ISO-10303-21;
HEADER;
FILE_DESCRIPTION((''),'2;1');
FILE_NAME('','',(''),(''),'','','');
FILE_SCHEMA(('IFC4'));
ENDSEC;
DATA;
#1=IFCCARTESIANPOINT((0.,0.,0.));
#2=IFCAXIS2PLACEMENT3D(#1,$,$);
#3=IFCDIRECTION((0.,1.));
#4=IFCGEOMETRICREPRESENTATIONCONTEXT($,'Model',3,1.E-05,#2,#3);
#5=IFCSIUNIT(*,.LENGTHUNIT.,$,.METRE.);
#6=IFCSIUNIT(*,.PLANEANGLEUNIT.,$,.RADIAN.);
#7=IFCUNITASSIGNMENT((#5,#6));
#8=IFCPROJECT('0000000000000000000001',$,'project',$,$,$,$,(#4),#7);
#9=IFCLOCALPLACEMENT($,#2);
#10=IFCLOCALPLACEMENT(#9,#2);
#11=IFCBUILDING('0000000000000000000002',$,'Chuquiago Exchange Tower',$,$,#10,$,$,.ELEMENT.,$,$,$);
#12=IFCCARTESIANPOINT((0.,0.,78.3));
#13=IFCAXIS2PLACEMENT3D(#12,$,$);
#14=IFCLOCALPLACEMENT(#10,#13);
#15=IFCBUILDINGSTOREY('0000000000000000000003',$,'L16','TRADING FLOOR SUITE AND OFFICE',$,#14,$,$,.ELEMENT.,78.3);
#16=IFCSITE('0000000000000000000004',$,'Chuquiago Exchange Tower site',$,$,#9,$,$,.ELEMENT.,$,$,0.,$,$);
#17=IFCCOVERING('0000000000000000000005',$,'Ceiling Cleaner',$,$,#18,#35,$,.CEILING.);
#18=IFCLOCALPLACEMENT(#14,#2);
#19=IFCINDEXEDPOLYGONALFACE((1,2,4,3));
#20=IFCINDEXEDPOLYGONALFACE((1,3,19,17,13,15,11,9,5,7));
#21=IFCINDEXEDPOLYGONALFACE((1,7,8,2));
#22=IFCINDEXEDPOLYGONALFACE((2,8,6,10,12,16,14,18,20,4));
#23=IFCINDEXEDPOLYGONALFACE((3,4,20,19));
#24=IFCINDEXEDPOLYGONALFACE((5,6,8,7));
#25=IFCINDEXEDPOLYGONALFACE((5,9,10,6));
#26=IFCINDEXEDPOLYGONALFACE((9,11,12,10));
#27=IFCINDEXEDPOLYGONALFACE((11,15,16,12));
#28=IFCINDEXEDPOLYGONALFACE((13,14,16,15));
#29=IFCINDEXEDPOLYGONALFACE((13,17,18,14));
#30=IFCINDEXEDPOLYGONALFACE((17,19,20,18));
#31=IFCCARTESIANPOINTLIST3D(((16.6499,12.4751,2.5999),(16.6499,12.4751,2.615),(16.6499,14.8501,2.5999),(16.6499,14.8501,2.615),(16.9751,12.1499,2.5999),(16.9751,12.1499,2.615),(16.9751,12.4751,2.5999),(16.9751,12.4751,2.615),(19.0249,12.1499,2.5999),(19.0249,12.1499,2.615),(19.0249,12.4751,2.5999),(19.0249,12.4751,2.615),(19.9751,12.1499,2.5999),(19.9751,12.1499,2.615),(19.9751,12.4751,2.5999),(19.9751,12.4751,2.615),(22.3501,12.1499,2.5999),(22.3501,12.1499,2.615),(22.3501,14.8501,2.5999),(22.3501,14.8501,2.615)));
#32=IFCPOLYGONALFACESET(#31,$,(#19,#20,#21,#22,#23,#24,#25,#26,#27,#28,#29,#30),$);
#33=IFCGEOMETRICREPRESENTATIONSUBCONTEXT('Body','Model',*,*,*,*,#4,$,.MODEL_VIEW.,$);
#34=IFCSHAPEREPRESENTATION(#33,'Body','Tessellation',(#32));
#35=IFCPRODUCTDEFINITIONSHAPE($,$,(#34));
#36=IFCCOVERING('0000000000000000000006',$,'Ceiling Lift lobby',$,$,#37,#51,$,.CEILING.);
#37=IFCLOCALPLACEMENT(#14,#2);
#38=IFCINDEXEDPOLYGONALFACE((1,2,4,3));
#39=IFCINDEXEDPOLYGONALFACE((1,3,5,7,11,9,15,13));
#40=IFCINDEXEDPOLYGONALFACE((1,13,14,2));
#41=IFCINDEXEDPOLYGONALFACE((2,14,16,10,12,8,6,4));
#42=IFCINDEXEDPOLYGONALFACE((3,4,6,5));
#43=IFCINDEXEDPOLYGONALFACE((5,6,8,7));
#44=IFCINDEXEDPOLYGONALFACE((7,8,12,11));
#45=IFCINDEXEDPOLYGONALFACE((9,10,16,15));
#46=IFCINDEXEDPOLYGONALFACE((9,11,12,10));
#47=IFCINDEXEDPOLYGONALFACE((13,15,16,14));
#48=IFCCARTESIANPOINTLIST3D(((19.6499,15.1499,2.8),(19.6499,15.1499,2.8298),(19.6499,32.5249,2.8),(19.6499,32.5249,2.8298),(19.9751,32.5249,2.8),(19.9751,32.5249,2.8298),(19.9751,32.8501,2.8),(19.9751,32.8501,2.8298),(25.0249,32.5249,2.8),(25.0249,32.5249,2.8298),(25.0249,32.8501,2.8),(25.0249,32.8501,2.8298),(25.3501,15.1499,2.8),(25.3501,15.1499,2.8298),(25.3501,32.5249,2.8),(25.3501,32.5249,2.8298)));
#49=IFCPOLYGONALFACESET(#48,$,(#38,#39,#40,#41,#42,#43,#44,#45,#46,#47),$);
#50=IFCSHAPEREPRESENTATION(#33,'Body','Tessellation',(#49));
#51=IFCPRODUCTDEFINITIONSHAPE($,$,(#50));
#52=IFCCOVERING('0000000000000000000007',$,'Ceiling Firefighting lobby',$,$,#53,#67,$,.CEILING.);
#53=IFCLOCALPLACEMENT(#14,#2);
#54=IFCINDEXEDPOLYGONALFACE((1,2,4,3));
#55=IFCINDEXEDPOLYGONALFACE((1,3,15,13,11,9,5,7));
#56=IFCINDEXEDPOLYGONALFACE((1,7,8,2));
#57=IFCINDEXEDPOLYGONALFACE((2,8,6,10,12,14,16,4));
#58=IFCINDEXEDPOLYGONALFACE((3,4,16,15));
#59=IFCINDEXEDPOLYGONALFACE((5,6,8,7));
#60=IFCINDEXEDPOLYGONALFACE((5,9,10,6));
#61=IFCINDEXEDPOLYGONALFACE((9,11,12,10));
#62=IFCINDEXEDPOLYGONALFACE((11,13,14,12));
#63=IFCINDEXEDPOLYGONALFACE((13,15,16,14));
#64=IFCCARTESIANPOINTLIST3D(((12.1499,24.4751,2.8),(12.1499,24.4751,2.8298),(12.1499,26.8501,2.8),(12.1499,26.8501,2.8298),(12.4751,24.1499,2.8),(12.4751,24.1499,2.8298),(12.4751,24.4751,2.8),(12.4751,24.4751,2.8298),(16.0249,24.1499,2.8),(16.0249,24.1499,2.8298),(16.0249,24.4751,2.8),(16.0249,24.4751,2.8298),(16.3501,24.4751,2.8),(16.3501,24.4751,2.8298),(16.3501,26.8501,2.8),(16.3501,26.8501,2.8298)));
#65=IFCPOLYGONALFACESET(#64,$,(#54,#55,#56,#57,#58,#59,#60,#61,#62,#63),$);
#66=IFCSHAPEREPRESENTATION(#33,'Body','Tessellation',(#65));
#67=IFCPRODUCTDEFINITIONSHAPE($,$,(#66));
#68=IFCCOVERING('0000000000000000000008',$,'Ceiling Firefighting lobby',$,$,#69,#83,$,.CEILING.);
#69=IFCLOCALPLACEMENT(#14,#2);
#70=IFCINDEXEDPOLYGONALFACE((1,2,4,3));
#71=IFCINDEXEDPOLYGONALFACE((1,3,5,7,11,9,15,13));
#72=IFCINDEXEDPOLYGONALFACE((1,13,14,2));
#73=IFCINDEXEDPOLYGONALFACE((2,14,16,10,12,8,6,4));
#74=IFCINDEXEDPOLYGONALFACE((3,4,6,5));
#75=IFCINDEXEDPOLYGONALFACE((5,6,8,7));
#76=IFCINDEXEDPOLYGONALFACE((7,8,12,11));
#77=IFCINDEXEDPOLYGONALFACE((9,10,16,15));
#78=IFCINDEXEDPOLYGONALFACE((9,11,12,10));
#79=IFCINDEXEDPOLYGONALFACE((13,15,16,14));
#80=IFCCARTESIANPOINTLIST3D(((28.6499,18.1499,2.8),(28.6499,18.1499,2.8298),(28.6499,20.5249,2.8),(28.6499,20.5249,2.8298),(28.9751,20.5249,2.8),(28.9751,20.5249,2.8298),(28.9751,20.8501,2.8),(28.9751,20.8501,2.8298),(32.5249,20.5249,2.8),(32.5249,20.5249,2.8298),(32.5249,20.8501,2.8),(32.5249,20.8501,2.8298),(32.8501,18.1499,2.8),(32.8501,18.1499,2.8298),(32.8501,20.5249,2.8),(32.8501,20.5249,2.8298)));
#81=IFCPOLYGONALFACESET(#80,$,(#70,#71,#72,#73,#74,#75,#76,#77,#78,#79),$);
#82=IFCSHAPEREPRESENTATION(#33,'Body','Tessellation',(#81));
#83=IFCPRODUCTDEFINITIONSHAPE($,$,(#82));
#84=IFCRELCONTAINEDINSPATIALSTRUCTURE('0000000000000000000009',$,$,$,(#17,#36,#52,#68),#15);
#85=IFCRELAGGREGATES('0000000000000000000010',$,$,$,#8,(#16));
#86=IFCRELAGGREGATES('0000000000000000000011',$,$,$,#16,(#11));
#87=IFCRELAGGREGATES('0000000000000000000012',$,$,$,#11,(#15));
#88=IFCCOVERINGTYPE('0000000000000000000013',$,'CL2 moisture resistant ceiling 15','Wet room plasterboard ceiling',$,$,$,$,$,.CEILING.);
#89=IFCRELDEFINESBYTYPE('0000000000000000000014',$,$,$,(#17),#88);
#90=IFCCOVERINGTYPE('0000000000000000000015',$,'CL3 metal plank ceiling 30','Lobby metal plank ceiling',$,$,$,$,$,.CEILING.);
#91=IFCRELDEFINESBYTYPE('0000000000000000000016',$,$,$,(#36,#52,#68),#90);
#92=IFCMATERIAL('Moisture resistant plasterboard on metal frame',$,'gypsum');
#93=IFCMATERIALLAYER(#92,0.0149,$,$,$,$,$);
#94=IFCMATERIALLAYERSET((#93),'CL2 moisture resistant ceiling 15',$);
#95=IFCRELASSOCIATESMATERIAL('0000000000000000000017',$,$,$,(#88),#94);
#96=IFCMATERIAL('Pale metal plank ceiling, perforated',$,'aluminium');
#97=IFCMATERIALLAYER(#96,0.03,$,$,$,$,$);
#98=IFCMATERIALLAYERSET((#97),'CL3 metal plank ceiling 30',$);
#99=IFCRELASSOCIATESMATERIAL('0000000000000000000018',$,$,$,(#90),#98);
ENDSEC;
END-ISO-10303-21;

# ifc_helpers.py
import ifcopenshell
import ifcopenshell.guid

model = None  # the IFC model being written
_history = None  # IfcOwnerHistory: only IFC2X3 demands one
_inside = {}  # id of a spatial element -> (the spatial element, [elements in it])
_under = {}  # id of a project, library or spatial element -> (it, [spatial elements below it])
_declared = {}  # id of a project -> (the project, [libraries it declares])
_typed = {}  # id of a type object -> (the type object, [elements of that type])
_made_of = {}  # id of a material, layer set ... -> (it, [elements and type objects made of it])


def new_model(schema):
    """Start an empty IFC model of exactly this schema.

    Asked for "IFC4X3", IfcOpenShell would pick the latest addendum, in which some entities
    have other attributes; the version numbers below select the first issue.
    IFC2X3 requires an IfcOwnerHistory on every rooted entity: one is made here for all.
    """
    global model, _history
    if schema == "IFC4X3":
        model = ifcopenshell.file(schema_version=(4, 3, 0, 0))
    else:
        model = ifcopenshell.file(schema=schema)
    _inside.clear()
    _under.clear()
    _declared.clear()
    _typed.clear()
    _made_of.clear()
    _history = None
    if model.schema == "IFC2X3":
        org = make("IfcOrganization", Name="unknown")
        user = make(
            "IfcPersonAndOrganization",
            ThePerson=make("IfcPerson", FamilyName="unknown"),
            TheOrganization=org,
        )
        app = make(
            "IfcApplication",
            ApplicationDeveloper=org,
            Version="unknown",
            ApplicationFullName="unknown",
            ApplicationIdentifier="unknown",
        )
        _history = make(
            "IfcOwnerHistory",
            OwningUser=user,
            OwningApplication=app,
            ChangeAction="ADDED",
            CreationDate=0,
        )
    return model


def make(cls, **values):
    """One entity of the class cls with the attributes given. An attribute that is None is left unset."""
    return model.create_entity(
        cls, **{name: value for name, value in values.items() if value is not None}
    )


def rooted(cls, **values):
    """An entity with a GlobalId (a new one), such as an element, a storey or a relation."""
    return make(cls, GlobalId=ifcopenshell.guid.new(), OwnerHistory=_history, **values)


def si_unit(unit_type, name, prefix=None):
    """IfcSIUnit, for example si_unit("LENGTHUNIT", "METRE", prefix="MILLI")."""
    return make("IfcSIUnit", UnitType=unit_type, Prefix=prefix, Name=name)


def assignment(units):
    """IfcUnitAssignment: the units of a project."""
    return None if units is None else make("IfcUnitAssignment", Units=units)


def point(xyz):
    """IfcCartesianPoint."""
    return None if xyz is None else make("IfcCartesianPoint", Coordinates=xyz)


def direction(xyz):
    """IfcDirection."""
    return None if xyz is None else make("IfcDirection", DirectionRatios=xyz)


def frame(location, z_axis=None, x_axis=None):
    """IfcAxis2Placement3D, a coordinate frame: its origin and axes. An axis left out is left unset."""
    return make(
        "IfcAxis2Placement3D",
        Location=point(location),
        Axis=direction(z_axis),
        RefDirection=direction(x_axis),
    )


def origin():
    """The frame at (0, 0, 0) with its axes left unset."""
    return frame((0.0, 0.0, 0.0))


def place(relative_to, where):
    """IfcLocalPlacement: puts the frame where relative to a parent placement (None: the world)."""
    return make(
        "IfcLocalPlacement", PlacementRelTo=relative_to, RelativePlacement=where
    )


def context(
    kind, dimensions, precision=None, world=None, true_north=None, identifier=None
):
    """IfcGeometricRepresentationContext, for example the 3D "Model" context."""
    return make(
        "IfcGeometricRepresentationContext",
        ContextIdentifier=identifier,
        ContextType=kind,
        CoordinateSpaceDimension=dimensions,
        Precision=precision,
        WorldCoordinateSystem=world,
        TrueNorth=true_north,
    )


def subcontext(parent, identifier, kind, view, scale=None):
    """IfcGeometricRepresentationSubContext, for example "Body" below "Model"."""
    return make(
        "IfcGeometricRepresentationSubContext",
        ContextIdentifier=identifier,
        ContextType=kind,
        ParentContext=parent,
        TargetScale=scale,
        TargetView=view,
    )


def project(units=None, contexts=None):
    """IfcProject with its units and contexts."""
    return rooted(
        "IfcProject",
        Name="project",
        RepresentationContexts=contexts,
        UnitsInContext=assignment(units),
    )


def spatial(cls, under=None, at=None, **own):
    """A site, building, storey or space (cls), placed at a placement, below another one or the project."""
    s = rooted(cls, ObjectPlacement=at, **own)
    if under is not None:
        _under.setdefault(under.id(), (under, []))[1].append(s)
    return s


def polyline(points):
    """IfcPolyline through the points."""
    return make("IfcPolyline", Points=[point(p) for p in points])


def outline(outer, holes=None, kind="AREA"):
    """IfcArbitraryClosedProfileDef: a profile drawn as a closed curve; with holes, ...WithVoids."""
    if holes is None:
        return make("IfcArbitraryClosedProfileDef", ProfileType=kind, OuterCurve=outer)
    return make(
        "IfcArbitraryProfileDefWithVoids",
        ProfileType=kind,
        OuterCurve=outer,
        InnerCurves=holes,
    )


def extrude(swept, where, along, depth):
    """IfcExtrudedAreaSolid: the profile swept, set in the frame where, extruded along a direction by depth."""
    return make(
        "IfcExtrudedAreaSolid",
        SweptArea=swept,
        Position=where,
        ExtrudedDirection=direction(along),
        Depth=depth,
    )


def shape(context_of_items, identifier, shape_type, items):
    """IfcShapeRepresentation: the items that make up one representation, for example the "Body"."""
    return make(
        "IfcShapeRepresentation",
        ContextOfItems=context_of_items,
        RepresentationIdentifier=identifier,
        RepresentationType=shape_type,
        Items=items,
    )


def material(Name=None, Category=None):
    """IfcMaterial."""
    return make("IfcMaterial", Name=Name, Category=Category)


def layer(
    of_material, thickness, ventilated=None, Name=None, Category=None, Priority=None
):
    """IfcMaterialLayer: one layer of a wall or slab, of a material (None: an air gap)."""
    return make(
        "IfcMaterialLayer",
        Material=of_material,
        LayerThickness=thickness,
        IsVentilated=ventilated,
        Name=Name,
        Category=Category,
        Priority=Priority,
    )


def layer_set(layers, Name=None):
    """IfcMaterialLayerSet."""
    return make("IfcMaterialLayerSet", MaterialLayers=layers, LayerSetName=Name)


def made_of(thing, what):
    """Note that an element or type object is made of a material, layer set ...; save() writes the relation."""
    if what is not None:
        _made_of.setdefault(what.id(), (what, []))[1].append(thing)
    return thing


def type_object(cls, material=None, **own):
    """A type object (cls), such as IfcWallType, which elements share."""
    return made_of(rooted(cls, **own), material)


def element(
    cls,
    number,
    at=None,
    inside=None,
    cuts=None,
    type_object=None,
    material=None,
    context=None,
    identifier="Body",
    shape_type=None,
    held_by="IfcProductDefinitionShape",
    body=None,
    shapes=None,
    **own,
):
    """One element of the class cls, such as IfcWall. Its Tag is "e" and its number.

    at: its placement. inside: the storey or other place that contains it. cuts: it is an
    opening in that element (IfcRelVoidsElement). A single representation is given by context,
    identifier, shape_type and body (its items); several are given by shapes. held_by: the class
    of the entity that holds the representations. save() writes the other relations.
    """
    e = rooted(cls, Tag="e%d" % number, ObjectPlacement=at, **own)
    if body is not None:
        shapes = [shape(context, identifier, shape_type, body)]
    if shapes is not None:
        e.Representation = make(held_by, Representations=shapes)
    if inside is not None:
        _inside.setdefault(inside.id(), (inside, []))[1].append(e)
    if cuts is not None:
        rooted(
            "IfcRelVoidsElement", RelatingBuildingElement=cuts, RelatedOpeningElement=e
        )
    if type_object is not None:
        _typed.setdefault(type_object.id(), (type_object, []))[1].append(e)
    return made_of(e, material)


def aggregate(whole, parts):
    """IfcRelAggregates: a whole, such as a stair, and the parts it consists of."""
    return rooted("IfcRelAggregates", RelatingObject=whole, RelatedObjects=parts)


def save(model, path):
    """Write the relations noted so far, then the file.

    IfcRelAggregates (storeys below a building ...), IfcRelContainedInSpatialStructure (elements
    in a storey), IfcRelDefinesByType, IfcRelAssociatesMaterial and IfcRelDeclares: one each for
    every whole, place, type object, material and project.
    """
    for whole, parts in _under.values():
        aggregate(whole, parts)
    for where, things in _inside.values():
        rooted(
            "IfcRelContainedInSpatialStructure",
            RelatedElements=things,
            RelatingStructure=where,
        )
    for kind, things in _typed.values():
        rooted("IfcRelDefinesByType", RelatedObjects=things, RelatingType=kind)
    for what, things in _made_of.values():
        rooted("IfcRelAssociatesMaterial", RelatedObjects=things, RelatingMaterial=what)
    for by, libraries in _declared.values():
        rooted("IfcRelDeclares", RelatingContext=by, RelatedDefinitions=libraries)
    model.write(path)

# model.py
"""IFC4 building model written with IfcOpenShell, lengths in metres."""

from ifc_helpers import new_model, si_unit, direction, frame, origin, place, context, subcontext, project, spatial, polyline, outline, extrude, material, layer, layer_set, type_object, element, save


model = new_model("IFC4")

# Units and contexts
model_context = context("Model", 3, precision=1e-05, world=origin(), true_north=direction((0.0, 1.0)))
body_context = subcontext(model_context, "Body", "Model", "MODEL_VIEW")
ifc_project = project(units=[si_unit("LENGTHUNIT", "METRE"), si_unit("PLANEANGLEUNIT", "RADIAN")], contexts=[model_context])

# Site, building, storey
site_placement = place(None, origin())
site = spatial("IfcSite", under=ifc_project, at=site_placement, Name="Chuquiago Exchange Tower site", CompositionType="ELEMENT", RefElevation=0.0)
building_placement = place(site_placement, origin())
building = spatial("IfcBuilding", under=site, at=building_placement, Name="Chuquiago Exchange Tower", CompositionType="ELEMENT")
storey_placement = place(building_placement, frame((0.0, 0.0, 78.3)))
storey = spatial("IfcBuildingStorey", under=building, at=storey_placement, Name="L16", Description="TRADING FLOOR SUITE AND OFFICE", CompositionType="ELEMENT", Elevation=78.3)

# Coverings
ifc_material_1 = material(Name="Moisture resistant plasterboard on metal frame", Category="gypsum")
ifc_layer_1 = layer(ifc_material_1, 0.0149)
ifc_layer_set_1 = layer_set([ifc_layer_1], Name="CL2 moisture resistant ceiling 15")
covering_type_1 = type_object("IfcCoveringType", Name="CL2 moisture resistant ceiling 15", Description="Wet room plasterboard ceiling", PredefinedType="CEILING", material=ifc_layer_set_1)
covering_1_placement = place(storey_placement, frame((0.0, 0.0, 2.5999)))
element("IfcCovering", 1, at=covering_1_placement, inside=storey, type_object=covering_type_1, Name="Ceiling Cleaner", PredefinedType="CEILING", context=body_context, shape_type="SweptSolid", body=[
    extrude(outline(polyline([(19.9751, 12.1499), (19.9751, 12.4751), (19.0249, 12.4751), (19.0249, 12.1499), (16.9751, 12.1499), (16.9751, 12.4751), (16.6499, 12.4751), (16.6499, 14.8501), (22.3501, 14.8501), (22.3501, 12.1499), (19.9751, 12.1499)])), origin(), (0.0, 0.0, 1.0), 0.0151),
])
ifc_material_2 = material(Name="Pale metal plank ceiling, perforated", Category="aluminium")
ifc_layer_2 = layer(ifc_material_2, 0.03)
ifc_layer_set_2 = layer_set([ifc_layer_2], Name="CL3 metal plank ceiling 30")
covering_type_2 = type_object("IfcCoveringType", Name="CL3 metal plank ceiling 30", Description="Lobby metal plank ceiling", PredefinedType="CEILING", material=ifc_layer_set_2)
covering_2_placement = place(storey_placement, frame((0.0, 0.0, 2.8)))
element("IfcCovering", 2, at=covering_2_placement, inside=storey, type_object=covering_type_2, Name="Ceiling Lift lobby", PredefinedType="CEILING", context=body_context, shape_type="SweptSolid", body=[
    extrude(outline(polyline([(19.6499, 15.1499), (19.6499, 32.5249), (19.9751, 32.5249), (19.9751, 32.8501), (25.0249, 32.8501), (25.0249, 32.5249), (25.3501, 32.5249), (25.3501, 15.1499), (19.6499, 15.1499)])), origin(), (0.0, 0.0, 1.0), 0.0298),
])
covering_3_placement = place(storey_placement, frame((0.0, 0.0, 2.8)))
element("IfcCovering", 3, at=covering_3_placement, inside=storey, type_object=covering_type_2, Name="Ceiling Firefighting lobby", PredefinedType="CEILING", context=body_context, shape_type="SweptSolid", body=[
    extrude(outline(polyline([(12.4751, 24.1499), (12.4751, 24.4751), (12.1499, 24.4751), (12.1499, 26.8501), (16.3501, 26.8501), (16.3501, 24.4751), (16.0249, 24.4751), (16.0249, 24.1499), (12.4751, 24.1499)])), origin(), (0.0, 0.0, 1.0), 0.0298),
])
covering_4_placement = place(storey_placement, frame((0.0, 0.0, 2.8)))
element("IfcCovering", 4, at=covering_4_placement, inside=storey, type_object=covering_type_2, Name="Ceiling Firefighting lobby", PredefinedType="CEILING", context=body_context, shape_type="SweptSolid", body=[
    extrude(outline(polyline([(28.6499, 18.1499), (28.6499, 20.5249), (28.9751, 20.5249), (28.9751, 20.8501), (32.5249, 20.8501), (32.5249, 20.5249), (32.8501, 20.5249), (32.8501, 18.1499), (28.6499, 18.1499)])), origin(), (0.0, 0.0, 1.0), 0.0298),
])

save(model, "model.ifc")
